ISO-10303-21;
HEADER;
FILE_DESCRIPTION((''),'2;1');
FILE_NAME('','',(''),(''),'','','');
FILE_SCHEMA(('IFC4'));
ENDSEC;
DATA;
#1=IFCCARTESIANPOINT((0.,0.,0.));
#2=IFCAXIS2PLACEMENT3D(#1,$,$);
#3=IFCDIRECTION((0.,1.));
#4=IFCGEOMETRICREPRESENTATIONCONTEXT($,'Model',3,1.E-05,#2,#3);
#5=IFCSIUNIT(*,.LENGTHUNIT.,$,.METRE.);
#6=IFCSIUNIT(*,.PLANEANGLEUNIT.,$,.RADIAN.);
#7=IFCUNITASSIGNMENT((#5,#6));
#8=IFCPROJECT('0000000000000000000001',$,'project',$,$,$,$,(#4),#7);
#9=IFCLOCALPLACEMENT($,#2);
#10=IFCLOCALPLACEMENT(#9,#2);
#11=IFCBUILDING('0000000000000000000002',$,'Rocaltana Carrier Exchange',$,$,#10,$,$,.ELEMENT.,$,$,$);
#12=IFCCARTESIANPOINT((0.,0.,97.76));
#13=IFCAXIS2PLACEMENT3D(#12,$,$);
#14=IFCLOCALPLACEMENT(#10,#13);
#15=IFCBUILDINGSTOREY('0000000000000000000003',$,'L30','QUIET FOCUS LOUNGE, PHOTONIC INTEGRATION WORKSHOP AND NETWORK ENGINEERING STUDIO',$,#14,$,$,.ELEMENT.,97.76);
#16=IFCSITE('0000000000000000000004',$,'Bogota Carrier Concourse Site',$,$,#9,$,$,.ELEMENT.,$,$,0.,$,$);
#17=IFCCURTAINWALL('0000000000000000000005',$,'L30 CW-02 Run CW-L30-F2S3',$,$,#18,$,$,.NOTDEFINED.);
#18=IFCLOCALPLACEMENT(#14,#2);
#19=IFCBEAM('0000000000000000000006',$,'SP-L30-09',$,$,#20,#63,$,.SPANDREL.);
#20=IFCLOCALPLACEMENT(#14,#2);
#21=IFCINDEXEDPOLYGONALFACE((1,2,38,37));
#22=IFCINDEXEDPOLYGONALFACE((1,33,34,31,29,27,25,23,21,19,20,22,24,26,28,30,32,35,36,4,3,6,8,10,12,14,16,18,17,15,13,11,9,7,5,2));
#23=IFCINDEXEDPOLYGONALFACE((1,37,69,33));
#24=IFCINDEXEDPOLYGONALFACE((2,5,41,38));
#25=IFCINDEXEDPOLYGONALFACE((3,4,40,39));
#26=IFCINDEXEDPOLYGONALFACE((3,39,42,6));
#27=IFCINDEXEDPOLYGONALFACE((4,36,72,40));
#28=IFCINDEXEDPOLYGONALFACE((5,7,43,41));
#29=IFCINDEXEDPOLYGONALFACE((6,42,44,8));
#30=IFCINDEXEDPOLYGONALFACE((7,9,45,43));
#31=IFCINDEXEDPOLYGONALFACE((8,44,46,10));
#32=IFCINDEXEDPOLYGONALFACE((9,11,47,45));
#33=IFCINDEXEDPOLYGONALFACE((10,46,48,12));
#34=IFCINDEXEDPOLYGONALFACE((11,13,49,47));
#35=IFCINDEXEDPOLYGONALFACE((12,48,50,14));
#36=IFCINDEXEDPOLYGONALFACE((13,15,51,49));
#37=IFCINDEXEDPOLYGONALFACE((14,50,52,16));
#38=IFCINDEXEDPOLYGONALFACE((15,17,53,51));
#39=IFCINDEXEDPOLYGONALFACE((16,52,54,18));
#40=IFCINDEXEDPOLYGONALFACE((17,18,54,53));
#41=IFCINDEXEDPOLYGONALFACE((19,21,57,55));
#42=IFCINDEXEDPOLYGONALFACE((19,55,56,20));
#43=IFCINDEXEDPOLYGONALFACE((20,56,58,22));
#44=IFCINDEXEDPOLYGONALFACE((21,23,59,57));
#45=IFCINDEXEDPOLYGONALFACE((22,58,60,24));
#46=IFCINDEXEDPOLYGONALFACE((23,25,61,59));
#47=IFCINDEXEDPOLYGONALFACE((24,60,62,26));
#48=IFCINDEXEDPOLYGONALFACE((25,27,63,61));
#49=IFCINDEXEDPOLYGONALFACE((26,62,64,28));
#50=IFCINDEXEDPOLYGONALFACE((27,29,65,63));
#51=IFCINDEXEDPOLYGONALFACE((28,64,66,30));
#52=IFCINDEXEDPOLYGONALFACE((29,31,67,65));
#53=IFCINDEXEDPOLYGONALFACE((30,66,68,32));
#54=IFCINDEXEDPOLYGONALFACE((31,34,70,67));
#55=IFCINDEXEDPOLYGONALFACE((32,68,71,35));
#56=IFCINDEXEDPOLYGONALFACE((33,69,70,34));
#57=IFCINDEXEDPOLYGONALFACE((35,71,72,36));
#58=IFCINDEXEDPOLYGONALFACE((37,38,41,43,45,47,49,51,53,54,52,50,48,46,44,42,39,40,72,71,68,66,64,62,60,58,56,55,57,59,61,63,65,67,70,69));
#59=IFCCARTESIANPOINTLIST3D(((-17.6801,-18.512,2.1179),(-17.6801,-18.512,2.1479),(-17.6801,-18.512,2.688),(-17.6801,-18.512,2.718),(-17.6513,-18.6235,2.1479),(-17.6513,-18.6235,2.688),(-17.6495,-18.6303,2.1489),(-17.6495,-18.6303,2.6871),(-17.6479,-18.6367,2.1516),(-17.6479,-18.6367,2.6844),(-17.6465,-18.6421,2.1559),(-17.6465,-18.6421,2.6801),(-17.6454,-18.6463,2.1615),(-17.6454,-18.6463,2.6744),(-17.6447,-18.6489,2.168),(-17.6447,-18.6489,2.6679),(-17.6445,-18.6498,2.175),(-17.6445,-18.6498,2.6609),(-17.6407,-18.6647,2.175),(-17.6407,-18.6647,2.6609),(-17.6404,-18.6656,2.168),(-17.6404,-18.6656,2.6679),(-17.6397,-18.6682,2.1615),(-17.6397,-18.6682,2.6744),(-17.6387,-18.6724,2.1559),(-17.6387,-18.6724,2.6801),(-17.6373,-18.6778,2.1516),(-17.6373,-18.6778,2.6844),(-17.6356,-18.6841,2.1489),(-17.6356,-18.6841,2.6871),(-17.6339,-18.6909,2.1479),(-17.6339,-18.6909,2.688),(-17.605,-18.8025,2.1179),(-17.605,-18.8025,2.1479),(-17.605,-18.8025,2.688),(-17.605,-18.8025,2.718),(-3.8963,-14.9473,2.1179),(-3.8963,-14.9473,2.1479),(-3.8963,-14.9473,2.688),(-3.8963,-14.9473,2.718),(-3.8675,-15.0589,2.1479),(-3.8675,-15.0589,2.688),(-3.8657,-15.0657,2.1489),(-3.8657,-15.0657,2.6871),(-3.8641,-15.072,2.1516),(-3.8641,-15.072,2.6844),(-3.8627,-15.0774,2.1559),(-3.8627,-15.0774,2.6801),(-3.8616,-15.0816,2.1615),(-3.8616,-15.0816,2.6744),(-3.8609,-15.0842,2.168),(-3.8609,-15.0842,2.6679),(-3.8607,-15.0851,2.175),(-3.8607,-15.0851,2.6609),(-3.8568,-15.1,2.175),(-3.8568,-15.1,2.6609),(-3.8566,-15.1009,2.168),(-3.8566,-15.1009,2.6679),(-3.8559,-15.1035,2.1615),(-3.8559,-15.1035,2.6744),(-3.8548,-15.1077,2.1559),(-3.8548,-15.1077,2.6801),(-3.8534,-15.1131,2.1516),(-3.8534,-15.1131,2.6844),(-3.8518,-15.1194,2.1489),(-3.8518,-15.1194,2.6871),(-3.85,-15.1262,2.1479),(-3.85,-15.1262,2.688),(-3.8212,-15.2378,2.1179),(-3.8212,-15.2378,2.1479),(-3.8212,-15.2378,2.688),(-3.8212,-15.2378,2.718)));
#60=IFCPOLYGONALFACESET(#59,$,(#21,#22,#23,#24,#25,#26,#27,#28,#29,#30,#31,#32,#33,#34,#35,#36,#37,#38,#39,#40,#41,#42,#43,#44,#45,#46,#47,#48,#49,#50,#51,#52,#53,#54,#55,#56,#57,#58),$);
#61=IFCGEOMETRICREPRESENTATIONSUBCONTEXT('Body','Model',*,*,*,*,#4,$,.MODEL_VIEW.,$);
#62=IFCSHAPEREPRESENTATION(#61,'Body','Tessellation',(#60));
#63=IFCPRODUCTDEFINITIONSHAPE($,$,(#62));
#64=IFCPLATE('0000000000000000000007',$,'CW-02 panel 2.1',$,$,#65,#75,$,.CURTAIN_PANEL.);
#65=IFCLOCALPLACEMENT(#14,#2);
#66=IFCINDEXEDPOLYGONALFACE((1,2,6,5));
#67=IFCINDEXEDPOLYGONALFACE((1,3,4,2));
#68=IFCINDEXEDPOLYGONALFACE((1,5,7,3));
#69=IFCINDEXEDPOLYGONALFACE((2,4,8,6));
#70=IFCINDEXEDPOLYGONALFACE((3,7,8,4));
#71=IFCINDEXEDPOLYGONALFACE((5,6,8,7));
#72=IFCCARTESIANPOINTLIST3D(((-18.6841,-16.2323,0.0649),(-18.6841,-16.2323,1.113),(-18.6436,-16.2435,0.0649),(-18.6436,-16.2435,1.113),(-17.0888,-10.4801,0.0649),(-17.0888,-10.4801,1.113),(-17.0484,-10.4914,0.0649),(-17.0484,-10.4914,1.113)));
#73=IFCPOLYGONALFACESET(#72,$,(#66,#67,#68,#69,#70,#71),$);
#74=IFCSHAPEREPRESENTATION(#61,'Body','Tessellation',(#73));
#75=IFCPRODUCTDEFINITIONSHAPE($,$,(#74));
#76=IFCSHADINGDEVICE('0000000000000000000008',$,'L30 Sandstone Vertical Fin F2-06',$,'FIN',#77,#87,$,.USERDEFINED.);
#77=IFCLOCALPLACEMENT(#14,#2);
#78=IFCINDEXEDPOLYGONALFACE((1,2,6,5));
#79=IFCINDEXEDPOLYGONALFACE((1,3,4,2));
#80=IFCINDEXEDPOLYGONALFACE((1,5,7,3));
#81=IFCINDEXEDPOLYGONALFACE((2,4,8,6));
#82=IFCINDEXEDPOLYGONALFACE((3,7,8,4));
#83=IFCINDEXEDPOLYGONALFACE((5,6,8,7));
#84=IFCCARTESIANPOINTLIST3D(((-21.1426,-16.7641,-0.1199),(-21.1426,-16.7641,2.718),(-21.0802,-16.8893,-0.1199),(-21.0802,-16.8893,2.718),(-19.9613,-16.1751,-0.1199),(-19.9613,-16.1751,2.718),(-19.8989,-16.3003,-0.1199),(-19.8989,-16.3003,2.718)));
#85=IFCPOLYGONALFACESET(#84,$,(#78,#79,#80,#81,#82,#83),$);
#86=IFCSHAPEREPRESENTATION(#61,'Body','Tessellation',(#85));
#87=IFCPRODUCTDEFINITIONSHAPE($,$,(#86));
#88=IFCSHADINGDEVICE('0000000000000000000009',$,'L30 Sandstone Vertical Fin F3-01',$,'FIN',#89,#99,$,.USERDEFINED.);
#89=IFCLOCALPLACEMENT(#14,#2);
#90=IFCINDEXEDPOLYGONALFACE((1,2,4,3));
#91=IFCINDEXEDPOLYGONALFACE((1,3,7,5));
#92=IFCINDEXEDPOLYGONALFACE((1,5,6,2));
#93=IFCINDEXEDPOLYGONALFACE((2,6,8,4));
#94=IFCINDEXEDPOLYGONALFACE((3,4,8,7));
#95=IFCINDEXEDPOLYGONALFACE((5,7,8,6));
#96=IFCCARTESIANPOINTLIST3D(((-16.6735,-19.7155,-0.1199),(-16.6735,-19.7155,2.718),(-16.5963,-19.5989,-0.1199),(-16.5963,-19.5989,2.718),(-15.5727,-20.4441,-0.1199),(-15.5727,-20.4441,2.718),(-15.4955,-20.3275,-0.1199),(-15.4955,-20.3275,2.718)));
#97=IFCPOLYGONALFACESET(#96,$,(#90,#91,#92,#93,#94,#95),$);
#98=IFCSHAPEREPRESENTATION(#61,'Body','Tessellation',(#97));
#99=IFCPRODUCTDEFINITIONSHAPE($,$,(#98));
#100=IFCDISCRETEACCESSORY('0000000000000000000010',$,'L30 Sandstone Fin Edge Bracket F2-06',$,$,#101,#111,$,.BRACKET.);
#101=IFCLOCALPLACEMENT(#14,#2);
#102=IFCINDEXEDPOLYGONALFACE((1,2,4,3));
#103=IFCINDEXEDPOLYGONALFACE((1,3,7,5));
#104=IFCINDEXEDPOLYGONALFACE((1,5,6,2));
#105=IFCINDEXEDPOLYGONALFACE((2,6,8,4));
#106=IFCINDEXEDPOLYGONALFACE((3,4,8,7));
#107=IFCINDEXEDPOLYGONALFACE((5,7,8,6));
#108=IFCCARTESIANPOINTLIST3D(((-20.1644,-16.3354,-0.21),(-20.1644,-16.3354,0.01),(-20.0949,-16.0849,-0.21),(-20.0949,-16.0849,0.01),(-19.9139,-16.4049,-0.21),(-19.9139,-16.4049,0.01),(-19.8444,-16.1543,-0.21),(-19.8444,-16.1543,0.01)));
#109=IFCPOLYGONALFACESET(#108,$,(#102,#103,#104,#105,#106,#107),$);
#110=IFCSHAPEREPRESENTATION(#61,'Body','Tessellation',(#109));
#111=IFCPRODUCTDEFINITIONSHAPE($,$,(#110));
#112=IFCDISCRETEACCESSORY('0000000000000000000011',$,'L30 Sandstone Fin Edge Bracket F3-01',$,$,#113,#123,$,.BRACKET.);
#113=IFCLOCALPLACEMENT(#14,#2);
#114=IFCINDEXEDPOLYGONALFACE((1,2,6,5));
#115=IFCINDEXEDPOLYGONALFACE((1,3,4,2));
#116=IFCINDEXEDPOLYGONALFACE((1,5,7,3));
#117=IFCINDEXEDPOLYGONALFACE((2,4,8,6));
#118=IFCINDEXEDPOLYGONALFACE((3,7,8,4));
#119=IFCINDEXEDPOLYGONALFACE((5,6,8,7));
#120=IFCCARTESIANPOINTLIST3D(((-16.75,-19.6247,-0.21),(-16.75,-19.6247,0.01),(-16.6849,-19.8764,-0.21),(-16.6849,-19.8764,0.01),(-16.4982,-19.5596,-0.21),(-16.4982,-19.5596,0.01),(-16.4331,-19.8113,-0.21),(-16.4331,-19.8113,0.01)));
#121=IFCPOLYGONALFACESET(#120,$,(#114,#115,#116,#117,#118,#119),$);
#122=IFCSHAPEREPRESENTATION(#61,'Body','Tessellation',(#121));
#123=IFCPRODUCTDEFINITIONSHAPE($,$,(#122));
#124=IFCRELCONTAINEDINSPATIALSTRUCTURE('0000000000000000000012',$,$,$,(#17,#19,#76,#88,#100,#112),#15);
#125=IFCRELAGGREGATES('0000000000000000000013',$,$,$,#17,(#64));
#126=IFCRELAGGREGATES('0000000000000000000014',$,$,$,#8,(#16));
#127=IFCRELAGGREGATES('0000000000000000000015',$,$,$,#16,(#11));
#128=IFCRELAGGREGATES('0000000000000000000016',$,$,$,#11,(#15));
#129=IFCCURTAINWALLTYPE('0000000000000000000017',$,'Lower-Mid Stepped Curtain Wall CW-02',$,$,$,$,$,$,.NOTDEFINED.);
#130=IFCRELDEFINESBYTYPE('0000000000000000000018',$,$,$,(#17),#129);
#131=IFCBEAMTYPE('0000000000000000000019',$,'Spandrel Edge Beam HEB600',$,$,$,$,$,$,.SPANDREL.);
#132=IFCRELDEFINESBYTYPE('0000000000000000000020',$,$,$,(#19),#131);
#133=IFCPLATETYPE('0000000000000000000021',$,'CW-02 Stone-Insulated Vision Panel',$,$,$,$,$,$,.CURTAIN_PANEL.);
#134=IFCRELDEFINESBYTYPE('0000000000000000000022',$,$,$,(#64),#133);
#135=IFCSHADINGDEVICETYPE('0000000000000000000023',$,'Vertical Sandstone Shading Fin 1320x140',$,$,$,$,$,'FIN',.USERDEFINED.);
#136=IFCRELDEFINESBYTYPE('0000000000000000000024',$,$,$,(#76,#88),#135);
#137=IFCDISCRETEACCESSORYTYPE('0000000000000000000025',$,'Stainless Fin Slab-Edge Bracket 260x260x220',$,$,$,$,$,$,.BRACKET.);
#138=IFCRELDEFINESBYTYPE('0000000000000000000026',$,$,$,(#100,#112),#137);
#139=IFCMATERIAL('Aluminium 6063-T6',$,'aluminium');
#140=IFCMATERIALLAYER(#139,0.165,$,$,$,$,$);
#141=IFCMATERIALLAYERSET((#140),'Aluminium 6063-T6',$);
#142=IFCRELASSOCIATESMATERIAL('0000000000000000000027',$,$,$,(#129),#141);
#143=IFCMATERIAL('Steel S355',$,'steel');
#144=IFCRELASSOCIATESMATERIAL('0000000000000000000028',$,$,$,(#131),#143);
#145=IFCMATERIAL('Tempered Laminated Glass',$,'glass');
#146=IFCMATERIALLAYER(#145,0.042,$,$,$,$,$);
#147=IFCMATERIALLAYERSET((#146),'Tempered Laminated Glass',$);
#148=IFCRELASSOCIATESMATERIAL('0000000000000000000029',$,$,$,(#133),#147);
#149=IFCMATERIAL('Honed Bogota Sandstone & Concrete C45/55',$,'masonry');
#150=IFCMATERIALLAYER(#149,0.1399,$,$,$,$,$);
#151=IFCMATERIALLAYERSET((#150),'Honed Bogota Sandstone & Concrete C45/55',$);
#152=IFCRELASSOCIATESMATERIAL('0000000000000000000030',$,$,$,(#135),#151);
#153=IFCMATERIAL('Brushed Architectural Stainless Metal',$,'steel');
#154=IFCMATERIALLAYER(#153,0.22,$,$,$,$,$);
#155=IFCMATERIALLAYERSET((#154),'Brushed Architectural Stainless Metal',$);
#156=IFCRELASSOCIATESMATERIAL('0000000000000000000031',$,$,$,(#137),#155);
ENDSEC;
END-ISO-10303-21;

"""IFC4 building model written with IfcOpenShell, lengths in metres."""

from ifc_helpers import new_model, si_unit, direction, frame, origin, origin_2d, place, context, subcontext, project, spatial, rectangle, i_section, extrude, material, layer, layer_set, material_profile, profile_set, type_object, element, aggregate, save


model = new_model("IFC4")

# Units and contexts
model_context = context("Model", 3, precision=1e-05, world=origin(), true_north=direction((0.0, 1.0)))
body_context = subcontext(model_context, "Body", "Model", "MODEL_VIEW")
ifc_project = project(units=[si_unit("LENGTHUNIT", "METRE"), si_unit("PLANEANGLEUNIT", "RADIAN")], contexts=[model_context])

# Site, building, storey
site_placement = place(None, origin())
site = spatial("IfcSite", under=ifc_project, at=site_placement, Name="Bogota Carrier Concourse Site", CompositionType="ELEMENT", RefElevation=0.0)
building_placement = place(site_placement, origin())
building = spatial("IfcBuilding", under=site, at=building_placement, Name="Rocaltana Carrier Exchange", CompositionType="ELEMENT")
storey_placement = place(building_placement, frame((0.0, 0.0, 97.76)))
storey = spatial("IfcBuildingStorey", under=building, at=storey_placement, Name="L30", Description="QUIET FOCUS LOUNGE, PHOTONIC INTEGRATION WORKSHOP AND NETWORK ENGINEERING STUDIO", CompositionType="ELEMENT", Elevation=97.76)

# Curtain wall
ifc_material_1 = material(Name="Aluminium 6063-T6", Category="aluminium")
ifc_layer_1 = layer(ifc_material_1, 0.165)
ifc_layer_set_1 = layer_set([ifc_layer_1], Name="Aluminium 6063-T6")
curtain_wall_type = type_object("IfcCurtainWallType", Name="Lower-Mid Stepped Curtain Wall CW-02", PredefinedType="NOTDEFINED", material=ifc_layer_set_1)
curtain_wall_1_placement = place(storey_placement, origin())
curtain_wall_1 = element("IfcCurtainWall", 1, at=curtain_wall_1_placement, inside=storey, type_object=curtain_wall_type, Name="L30 CW-02 Run CW-L30-F2S3", PredefinedType="NOTDEFINED")

# Beam
ifc_material_2 = material(Name="Steel S355", Category="steel")
ifc_material_profile_1 = material_profile(ifc_material_2, i_section(OverallWidth=0.3, OverallDepth=0.6001, WebThickness=0.0154, FlangeThickness=0.03, FilletRadius=0.0271, at=origin_2d()), Name="HEB600")
ifc_profile_set_1 = profile_set([ifc_material_profile_1], Name="Steel S355")
beam_type_1 = type_object("IfcBeamType", Name="Spandrel Edge Beam HEB600", PredefinedType="SPANDREL", material=ifc_profile_set_1)
beam_1_placement = place(storey_placement, frame((-17.6426, -18.6572, 2.418), z_axis=(0.968149, 0.250375, 0.0), x_axis=(-0.250375, 0.968149, 0.0)))
element("IfcBeam", 2, at=beam_1_placement, inside=storey, type_object=beam_type_1, Name="SP-L30-09", PredefinedType="SPANDREL", context=body_context, shape_type="SweptSolid", body=[
    extrude(i_section(OverallWidth=0.3, OverallDepth=0.6001, WebThickness=0.0154, FlangeThickness=0.03, FilletRadius=0.0271, at=origin_2d()), origin(), (0.0, 0.0, 1.0), 14.2373),
])

# Plate
ifc_material_3 = material(Name="Tempered Laminated Glass", Category="glass")
ifc_layer_2 = layer(ifc_material_3, 0.042)
ifc_layer_set_2 = layer_set([ifc_layer_2], Name="Tempered Laminated Glass")
plate_type = type_object("IfcPlateType", Name="CW-02 Stone-Insulated Vision Panel", PredefinedType="CURTAIN_PANEL", material=ifc_layer_set_2)
plate_placement = place(storey_placement, frame((-17.8662, -13.3618, 0.0649), z_axis=(0.0, 0.0, 1.0), x_axis=(-0.267243, -0.963629, 0.0)))
plate = element("IfcPlate", 3, at=plate_placement, type_object=plate_type, Name="CW-02 panel 2.1", PredefinedType="CURTAIN_PANEL", context=body_context, shape_type="SweptSolid", body=[
    extrude(rectangle(XDim=5.9692, YDim=0.042, at=origin_2d()), origin(), (0.0, 0.0, 1.0), 1.0481),
])
aggregate(curtain_wall_1, [plate])

# Shading devices
ifc_material_4 = material(Name="Honed Bogota Sandstone & Concrete C45/55", Category="masonry")
ifc_layer_3 = layer(ifc_material_4, 0.1399)
ifc_layer_set_3 = layer_set([ifc_layer_3], Name="Honed Bogota Sandstone & Concrete C45/55")
shading_device_type = type_object("IfcShadingDeviceType", Name="Vertical Sandstone Shading Fin 1320x140", ElementType="FIN", PredefinedType="USERDEFINED", material=ifc_layer_set_3)
for number, where, z_axis, x_axis, name in (
    (4, (-20.5208, -16.5322, -0.1199), (0.0, 0.0, 1.0), (-0.894934, -0.446198, 0.0), "L30 Sandstone Vertical Fin F2-06"),
    (5, (-16.0845, -20.0215, -0.1199), (0.0, 0.0, 1.0), (0.833886, -0.551937, 0.0), "L30 Sandstone Vertical Fin F3-01"),
):
    element("IfcShadingDevice", number, at=place(storey_placement, frame(where, z_axis=z_axis, x_axis=x_axis)), inside=storey, type_object=shading_device_type, Name=name, ObjectType="FIN", PredefinedType="USERDEFINED", context=body_context, shape_type="SweptSolid", body=[
        extrude(rectangle(XDim=1.3201, YDim=0.1399, at=origin_2d()), origin(), (0.0, 0.0, 1.0), 2.8379),
    ])

# Discrete accessories
ifc_material_5 = material(Name="Brushed Architectural Stainless Metal", Category="steel")
ifc_layer_4 = layer(ifc_material_5, 0.22)
ifc_layer_set_4 = layer_set([ifc_layer_4], Name="Brushed Architectural Stainless Metal")
discrete_accessory_type = type_object("IfcDiscreteAccessoryType", Name="Stainless Fin Slab-Edge Bracket 260x260x220", PredefinedType="BRACKET", material=ifc_layer_set_4)
for number, where, z_axis, x_axis, name in (
    (6, (-20.0044, -16.2449, -0.21), (0.0, 0.0, 1.0), (-0.267238, -0.96363, 0.0), "L30 Sandstone Fin Edge Bracket F2-06"),
    (7, (-16.5916, -19.718, -0.21), (0.0, 0.0, 1.0), (0.968148, 0.25038, 0.0), "L30 Sandstone Fin Edge Bracket F3-01"),
):
    element("IfcDiscreteAccessory", number, at=place(storey_placement, frame(where, z_axis=z_axis, x_axis=x_axis)), inside=storey, type_object=discrete_accessory_type, Name=name, PredefinedType="BRACKET", context=body_context, shape_type="SweptSolid", body=[
        extrude(rectangle(XDim=0.26, YDim=0.26, at=origin_2d()), origin(), (0.0, 0.0, 1.0), 0.22),
    ])

save(model, "model.ifc")
